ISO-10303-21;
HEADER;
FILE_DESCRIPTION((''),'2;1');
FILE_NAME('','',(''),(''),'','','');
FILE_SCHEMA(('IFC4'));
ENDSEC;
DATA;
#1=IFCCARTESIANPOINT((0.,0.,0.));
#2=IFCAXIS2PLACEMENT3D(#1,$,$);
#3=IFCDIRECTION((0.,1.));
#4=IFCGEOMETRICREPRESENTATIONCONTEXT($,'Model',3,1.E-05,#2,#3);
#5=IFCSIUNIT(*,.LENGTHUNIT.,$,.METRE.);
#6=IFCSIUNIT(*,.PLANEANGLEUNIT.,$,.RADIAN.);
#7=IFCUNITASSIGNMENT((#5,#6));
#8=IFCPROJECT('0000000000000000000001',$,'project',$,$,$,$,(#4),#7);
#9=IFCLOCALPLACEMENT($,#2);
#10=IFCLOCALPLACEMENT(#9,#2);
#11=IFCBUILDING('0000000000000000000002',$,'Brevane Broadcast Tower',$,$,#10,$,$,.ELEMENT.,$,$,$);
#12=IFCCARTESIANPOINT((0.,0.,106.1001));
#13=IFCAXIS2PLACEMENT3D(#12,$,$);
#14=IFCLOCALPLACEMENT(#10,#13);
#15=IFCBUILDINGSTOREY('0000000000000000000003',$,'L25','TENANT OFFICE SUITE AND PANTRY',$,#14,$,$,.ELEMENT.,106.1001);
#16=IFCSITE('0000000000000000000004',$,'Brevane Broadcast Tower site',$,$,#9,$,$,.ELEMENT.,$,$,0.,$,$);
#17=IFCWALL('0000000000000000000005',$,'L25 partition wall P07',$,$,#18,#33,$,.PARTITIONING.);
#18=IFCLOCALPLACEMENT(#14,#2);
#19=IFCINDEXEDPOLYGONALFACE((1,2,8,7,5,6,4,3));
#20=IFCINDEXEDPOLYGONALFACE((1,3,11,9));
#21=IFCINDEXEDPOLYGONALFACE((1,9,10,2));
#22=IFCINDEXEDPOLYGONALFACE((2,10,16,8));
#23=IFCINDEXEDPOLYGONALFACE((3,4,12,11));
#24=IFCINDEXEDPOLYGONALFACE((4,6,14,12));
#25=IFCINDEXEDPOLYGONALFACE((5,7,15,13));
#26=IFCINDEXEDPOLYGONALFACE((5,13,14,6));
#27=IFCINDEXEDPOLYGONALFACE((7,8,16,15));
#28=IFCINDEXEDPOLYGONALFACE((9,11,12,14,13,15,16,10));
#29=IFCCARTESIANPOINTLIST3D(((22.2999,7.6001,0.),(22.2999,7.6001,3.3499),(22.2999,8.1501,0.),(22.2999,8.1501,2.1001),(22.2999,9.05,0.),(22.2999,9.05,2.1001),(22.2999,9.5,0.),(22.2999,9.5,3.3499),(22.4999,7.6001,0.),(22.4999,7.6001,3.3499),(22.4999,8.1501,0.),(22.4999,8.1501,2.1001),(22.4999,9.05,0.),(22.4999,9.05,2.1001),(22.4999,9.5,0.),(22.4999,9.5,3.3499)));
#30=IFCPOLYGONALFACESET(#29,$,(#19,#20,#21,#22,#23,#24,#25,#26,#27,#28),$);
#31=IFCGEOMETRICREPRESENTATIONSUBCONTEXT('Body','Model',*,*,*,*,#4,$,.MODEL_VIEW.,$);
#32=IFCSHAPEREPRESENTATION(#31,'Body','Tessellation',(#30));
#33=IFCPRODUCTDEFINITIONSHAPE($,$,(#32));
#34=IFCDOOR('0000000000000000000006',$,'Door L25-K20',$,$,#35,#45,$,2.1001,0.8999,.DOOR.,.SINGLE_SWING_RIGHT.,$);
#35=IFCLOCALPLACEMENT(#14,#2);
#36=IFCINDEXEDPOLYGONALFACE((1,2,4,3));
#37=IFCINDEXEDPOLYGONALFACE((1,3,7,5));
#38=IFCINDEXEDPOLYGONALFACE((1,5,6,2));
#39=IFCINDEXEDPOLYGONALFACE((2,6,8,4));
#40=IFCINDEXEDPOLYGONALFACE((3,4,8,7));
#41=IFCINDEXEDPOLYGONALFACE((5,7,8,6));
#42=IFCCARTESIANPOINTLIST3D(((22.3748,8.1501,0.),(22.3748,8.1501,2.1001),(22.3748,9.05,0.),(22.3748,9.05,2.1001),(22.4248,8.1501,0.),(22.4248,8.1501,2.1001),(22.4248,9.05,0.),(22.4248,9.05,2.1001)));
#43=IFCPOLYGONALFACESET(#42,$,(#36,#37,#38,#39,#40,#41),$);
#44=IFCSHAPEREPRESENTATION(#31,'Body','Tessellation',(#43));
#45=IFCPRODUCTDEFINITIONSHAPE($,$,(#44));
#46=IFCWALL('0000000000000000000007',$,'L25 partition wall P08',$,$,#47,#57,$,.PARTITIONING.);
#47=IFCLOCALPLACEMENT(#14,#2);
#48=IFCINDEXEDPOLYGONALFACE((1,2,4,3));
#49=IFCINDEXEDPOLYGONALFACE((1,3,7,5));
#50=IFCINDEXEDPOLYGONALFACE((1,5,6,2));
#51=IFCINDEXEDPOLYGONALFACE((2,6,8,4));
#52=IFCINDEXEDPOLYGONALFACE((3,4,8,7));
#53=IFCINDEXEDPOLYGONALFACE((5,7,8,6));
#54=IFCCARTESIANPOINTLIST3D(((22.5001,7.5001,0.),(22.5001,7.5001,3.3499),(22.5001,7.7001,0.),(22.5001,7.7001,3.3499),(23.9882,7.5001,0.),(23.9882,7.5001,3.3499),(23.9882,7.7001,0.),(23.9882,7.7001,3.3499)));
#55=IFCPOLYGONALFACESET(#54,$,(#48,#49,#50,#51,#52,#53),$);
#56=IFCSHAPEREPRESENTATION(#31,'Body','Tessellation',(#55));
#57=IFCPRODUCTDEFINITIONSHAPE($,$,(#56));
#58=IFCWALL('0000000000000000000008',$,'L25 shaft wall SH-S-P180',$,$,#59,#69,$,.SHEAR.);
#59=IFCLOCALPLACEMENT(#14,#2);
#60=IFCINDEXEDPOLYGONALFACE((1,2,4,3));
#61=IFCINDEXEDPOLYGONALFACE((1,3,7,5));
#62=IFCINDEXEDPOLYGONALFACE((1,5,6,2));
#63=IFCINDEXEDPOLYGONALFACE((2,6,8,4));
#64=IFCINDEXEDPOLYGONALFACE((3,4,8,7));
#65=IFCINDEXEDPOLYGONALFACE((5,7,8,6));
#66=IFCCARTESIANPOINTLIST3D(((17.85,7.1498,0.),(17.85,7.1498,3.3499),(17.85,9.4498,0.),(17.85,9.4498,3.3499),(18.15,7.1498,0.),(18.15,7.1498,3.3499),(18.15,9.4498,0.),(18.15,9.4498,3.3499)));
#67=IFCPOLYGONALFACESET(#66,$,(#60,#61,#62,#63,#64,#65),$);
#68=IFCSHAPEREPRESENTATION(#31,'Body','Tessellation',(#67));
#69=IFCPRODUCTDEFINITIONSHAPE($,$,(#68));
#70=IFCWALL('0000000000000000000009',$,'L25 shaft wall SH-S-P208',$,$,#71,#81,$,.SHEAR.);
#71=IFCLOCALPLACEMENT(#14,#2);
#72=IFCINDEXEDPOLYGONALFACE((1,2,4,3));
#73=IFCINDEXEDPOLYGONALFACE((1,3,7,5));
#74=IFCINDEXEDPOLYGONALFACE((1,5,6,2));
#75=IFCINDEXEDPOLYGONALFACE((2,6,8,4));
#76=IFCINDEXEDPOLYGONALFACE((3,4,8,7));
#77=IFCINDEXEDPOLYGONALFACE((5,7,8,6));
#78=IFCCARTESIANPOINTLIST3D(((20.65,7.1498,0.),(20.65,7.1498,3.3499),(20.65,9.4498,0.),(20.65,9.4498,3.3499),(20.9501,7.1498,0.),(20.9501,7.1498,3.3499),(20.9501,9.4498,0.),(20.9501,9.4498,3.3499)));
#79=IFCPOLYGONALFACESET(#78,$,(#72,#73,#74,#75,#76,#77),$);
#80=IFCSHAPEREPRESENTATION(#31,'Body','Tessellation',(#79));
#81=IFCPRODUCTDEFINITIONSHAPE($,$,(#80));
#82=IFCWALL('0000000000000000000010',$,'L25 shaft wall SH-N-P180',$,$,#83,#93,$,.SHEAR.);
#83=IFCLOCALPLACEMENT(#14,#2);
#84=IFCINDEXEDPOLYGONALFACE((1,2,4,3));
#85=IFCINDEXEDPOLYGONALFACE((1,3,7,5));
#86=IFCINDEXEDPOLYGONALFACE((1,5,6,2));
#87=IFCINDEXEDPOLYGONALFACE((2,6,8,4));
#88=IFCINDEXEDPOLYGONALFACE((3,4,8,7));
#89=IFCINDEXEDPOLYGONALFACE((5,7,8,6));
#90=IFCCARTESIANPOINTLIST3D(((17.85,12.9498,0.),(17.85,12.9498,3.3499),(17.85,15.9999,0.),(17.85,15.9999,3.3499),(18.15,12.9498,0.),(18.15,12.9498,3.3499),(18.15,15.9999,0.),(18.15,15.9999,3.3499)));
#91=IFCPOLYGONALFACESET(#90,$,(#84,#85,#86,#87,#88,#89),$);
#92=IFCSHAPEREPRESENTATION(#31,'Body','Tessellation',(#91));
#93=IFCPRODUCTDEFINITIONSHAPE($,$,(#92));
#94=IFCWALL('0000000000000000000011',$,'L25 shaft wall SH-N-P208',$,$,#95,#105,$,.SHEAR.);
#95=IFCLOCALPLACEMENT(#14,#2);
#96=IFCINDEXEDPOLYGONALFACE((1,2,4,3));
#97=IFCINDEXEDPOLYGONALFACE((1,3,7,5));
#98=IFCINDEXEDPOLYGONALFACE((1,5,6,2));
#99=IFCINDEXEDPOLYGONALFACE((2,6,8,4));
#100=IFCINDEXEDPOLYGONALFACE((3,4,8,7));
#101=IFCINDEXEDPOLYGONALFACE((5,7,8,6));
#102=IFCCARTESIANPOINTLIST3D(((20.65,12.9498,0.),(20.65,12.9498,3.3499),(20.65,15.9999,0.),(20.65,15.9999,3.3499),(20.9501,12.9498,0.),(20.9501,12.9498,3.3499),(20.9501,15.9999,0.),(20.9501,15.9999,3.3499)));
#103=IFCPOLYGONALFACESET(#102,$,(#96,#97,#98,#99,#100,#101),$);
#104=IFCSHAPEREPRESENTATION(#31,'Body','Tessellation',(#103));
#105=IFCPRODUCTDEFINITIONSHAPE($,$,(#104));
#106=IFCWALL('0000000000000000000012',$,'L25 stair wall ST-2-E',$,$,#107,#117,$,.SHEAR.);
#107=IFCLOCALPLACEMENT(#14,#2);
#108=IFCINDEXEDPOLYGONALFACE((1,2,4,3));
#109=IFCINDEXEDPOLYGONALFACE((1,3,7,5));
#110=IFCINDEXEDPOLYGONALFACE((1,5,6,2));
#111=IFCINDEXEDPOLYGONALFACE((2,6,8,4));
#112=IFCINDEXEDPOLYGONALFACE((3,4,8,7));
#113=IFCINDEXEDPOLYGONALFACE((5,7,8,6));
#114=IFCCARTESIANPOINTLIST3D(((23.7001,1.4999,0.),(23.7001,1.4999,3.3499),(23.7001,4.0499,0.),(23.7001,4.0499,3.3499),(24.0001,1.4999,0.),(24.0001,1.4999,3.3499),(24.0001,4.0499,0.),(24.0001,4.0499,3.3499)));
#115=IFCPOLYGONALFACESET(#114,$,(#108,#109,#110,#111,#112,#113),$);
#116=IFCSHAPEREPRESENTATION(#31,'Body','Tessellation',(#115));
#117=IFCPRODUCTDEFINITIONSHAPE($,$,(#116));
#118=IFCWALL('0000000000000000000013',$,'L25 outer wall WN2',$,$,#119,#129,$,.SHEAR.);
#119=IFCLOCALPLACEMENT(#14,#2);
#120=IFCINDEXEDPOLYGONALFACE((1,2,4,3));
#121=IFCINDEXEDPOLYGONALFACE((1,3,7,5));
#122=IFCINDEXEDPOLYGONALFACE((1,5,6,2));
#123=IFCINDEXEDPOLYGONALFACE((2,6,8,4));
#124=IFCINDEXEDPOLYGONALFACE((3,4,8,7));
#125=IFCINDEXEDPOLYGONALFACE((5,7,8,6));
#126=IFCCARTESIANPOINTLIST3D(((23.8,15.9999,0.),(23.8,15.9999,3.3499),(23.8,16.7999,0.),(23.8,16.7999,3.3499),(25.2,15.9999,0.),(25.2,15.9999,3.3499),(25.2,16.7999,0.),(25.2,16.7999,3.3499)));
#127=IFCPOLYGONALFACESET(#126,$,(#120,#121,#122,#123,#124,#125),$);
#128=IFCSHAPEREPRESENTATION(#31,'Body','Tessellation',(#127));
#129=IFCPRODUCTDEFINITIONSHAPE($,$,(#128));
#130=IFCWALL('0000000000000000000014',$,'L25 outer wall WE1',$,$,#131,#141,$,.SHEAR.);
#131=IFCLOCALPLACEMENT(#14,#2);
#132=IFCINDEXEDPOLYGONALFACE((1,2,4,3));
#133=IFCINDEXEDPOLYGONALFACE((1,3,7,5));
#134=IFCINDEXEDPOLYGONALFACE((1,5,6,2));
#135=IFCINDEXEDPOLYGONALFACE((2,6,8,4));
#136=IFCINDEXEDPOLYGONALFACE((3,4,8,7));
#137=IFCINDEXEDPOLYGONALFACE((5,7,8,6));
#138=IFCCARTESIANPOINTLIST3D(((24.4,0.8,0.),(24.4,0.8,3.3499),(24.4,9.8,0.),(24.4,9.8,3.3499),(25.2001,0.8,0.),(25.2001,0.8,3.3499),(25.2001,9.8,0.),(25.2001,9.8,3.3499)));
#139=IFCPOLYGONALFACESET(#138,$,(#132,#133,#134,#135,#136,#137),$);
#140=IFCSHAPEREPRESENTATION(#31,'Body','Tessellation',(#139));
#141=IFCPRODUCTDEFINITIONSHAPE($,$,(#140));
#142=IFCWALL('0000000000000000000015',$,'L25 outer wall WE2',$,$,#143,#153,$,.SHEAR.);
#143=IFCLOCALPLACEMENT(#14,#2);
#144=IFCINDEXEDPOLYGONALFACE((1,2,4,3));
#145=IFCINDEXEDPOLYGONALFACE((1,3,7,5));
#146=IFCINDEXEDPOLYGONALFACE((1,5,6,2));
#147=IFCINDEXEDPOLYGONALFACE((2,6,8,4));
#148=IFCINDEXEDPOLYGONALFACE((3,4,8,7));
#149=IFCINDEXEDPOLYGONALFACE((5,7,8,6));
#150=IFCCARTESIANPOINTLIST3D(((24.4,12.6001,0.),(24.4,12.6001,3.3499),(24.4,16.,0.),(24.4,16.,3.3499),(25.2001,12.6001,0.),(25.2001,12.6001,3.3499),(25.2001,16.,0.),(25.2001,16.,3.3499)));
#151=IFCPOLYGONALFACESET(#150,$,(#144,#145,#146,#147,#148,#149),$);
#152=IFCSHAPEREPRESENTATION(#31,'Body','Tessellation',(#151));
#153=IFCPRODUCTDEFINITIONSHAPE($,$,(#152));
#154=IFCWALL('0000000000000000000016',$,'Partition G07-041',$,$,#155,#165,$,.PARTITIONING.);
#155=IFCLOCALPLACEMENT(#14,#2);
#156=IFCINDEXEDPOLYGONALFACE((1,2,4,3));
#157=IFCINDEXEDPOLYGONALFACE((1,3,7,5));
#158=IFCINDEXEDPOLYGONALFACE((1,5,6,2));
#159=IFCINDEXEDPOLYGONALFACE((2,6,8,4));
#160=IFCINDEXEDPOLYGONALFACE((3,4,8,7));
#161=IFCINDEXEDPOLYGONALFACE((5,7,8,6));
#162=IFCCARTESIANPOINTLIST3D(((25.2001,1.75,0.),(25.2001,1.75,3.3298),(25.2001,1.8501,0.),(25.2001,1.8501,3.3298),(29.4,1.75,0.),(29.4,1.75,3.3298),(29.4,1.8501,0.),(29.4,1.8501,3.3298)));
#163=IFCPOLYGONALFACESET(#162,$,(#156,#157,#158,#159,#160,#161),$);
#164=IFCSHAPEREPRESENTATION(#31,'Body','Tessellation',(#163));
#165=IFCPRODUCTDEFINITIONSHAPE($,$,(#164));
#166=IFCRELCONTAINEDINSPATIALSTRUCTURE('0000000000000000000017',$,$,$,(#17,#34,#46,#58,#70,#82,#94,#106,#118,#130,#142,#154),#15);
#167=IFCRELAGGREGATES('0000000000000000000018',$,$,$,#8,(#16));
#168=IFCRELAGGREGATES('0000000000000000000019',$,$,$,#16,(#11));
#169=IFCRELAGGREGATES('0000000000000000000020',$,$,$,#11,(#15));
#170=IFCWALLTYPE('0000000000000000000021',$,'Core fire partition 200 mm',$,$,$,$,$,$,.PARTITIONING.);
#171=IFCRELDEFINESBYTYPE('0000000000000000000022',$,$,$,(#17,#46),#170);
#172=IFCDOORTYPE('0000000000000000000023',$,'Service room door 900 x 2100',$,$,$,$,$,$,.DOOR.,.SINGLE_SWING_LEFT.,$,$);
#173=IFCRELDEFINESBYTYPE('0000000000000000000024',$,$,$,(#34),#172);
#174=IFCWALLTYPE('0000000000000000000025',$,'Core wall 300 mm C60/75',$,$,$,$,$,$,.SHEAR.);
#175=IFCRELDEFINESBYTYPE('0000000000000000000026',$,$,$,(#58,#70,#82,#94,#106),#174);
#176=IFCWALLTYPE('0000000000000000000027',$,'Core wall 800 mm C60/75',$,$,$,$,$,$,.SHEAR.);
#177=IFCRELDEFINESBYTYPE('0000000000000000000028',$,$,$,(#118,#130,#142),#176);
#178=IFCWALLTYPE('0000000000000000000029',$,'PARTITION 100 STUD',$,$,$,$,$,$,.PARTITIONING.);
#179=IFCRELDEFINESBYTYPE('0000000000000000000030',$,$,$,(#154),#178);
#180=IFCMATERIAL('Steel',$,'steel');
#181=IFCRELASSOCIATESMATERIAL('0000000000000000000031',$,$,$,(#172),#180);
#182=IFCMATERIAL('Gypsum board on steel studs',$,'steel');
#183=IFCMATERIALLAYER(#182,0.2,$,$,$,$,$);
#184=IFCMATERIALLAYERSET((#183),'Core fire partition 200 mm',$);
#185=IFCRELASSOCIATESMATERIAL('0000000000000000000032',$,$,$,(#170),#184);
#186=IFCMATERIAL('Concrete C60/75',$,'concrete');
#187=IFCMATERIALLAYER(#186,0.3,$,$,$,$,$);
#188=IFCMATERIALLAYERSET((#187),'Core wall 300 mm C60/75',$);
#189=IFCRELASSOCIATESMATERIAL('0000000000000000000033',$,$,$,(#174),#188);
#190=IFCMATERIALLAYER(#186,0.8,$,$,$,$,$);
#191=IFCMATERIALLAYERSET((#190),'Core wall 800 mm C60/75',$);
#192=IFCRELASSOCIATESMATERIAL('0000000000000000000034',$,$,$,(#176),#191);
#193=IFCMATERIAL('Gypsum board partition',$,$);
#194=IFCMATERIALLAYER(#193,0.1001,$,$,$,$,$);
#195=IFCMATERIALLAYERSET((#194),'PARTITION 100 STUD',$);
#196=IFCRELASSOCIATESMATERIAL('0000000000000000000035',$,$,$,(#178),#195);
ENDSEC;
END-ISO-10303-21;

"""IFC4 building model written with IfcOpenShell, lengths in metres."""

from ifc_helpers import new_model, si_unit, direction, frame, frame_2d, origin, place, context, subcontext, project, spatial, rectangle, extrude, material, layer, layer_set, type_object, element, fill, save


model = new_model("IFC4")

# Units and contexts
model_context = context("Model", 3, precision=1e-05, world=origin(), true_north=direction((0.0, 1.0)))
body_context = subcontext(model_context, "Body", "Model", "MODEL_VIEW")
ifc_project = project(units=[si_unit("LENGTHUNIT", "METRE"), si_unit("PLANEANGLEUNIT", "RADIAN")], contexts=[model_context])

# Site, building, storey
site_placement = place(None, origin())
site = spatial("IfcSite", under=ifc_project, at=site_placement, Name="Brevane Broadcast Tower site", CompositionType="ELEMENT", RefElevation=0.0)
building_placement = place(site_placement, origin())
building = spatial("IfcBuilding", under=site, at=building_placement, Name="Brevane Broadcast Tower", CompositionType="ELEMENT")
storey_placement = place(building_placement, frame((0.0, 0.0, 106.1001)))
storey = spatial("IfcBuildingStorey", under=building, at=storey_placement, Name="L25", Description="TENANT OFFICE SUITE AND PANTRY", CompositionType="ELEMENT", Elevation=106.1001)

# Shared definitions
ifc_material_1 = material(Name="Gypsum board on steel studs", Category="steel")
ifc_material_2 = material(Name="Steel", Category="steel")
door_type_1 = type_object("IfcDoorType", Name="Service room door 900 x 2100", OperationType="SINGLE_SWING_LEFT", PredefinedType="DOOR", material=ifc_material_2)

# Shared definitions
ifc_layer_1 = layer(ifc_material_1, 0.2)
ifc_layer_set_1 = layer_set([ifc_layer_1], Name="Core fire partition 200 mm")
wall_type_1 = type_object("IfcWallType", Name="Core fire partition 200 mm", PredefinedType="PARTITIONING", material=ifc_layer_set_1)

# Wall, opening, door
wall_1_placement = place(storey_placement, frame((22.3999, 9.5, 0.0), z_axis=(0.0, 0.0, 1.0), x_axis=(0.0, -1.0, 0.0)))
wall_1 = element("IfcWall", 1, at=wall_1_placement, inside=storey, type_object=wall_type_1, Name="L25 partition wall P07", PredefinedType="PARTITIONING", context=body_context, shape_type="SweptSolid", body=[
    extrude(rectangle(XDim=1.8999, YDim=0.2, at=frame_2d((0.95, 0.0))), origin(), (0.0, 0.0, 1.0), 3.3499),
])
opening_1_placement = place(wall_1_placement, frame((0.45, 0.0, 0.0)))
opening_1 = element("IfcOpeningElement", 2, at=opening_1_placement, cuts=wall_1, PredefinedType="OPENING", context=body_context, shape_type="SweptSolid", body=[
    extrude(rectangle(XDim=0.8999, YDim=2.1001, at=frame_2d((0.45, 1.05))), frame((0.0, 0.1099, 0.0), z_axis=(0.0, -1.0, 0.0), x_axis=(1.0, 0.0, 0.0)), (0.0, 0.0, 1.0), 0.22),
])
door_1_placement = place(opening_1_placement, origin())
door_1 = element("IfcDoor", 3, at=door_1_placement, inside=storey, type_object=door_type_1, Name="Door L25-K20", OperationType="SINGLE_SWING_RIGHT", OverallHeight=2.1001, OverallWidth=0.8999, PredefinedType="DOOR", context=body_context, shape_type="SweptSolid", body=[
    extrude(rectangle(XDim=0.8999, YDim=2.1001, at=frame_2d((0.45, 1.05))), frame((0.0, 0.0249, 0.0), z_axis=(0.0, -1.0, 0.0), x_axis=(1.0, 0.0, 0.0)), (0.0, 0.0, 1.0), 0.05),
])
fill(opening_1, door_1)

# Walls
wall_2_placement = place(storey_placement, frame((22.5, 7.6001, 0.0), z_axis=(0.0, 0.0, 1.0), x_axis=(1.0, 0.0, 0.0)))
element("IfcWall", 4, at=wall_2_placement, inside=storey, type_object=wall_type_1, Name="L25 partition wall P08", PredefinedType="PARTITIONING", context=body_context, shape_type="SweptSolid", body=[
    extrude(rectangle(XDim=1.488, YDim=0.2, at=frame_2d((0.7441, 0.0))), origin(), (0.0, 0.0, 1.0), 3.3499),
])
ifc_material_3 = material(Name="Concrete C60/75", Category="concrete")
ifc_layer_2 = layer(ifc_material_3, 0.3)
ifc_layer_set_2 = layer_set([ifc_layer_2], Name="Core wall 300 mm C60/75")
wall_type_2 = type_object("IfcWallType", Name="Core wall 300 mm C60/75", PredefinedType="SHEAR", material=ifc_layer_set_2)
for number, where, z_axis, x_axis, name in (
    (5, (18.0, 7.1499, 0.0), (0.0, 0.0, 1.0), (0.0, 1.0, 0.0), "L25 shaft wall SH-S-P180"),
    (6, (20.8, 7.1499, 0.0), (0.0, 0.0, 1.0), (0.0, 1.0, 0.0), "L25 shaft wall SH-S-P208"),
):
    element("IfcWall", number, at=place(storey_placement, frame(where, z_axis=z_axis, x_axis=x_axis)), inside=storey, type_object=wall_type_2, Name=name, PredefinedType="SHEAR", context=body_context, shape_type="SweptSolid", body=[
        extrude(rectangle(XDim=2.3, YDim=0.3, at=frame_2d((1.1499, 0.0))), origin(), (0.0, 0.0, 1.0), 3.3499),
    ])
for number, where, z_axis, x_axis, name in (
    (7, (18.0, 12.95, 0.0), (0.0, 0.0, 1.0), (0.0, 1.0, 0.0), "L25 shaft wall SH-N-P180"),
    (8, (20.8, 12.95, 0.0), (0.0, 0.0, 1.0), (0.0, 1.0, 0.0), "L25 shaft wall SH-N-P208"),
):
    element("IfcWall", number, at=place(storey_placement, frame(where, z_axis=z_axis, x_axis=x_axis)), inside=storey, type_object=wall_type_2, Name=name, PredefinedType="SHEAR", context=body_context, shape_type="SweptSolid", body=[
        extrude(rectangle(XDim=3.05, YDim=0.3, at=frame_2d((1.5249, 0.0))), origin(), (0.0, 0.0, 1.0), 3.3499),
    ])
wall_3_placement = place(storey_placement, frame((23.8501, 1.5, 0.0), z_axis=(0.0, 0.0, 1.0), x_axis=(0.0, 1.0, 0.0)))
element("IfcWall", 9, at=wall_3_placement, inside=storey, type_object=wall_type_2, Name="L25 stair wall ST-2-E", PredefinedType="SHEAR", context=body_context, shape_type="SweptSolid", body=[
    extrude(rectangle(XDim=2.55, YDim=0.3, at=frame_2d((1.2749, 0.0))), origin(), (0.0, 0.0, 1.0), 3.3499),
])
ifc_layer_3 = layer(ifc_material_3, 0.8)
ifc_layer_set_3 = layer_set([ifc_layer_3], Name="Core wall 800 mm C60/75")
wall_type_3 = type_object("IfcWallType", Name="Core wall 800 mm C60/75", PredefinedType="SHEAR", material=ifc_layer_set_3)
wall_4_placement = place(storey_placement, frame((23.8, 16.3999, 0.0), z_axis=(0.0, 0.0, 1.0), x_axis=(1.0, 0.0, 0.0)))
element("IfcWall", 10, at=wall_4_placement, inside=storey, type_object=wall_type_3, Name="L25 outer wall WN2", PredefinedType="SHEAR", context=body_context, shape_type="SweptSolid", body=[
    extrude(rectangle(XDim=1.3999, YDim=0.8, at=frame_2d((0.7, 0.0))), origin(), (0.0, 0.0, 1.0), 3.3499),
])
wall_5_placement = place(storey_placement, frame((24.8, 0.8, 0.0), z_axis=(0.0, 0.0, 1.0), x_axis=(0.0, 1.0, 0.0)))
element("IfcWall", 11, at=wall_5_placement, inside=storey, type_object=wall_type_3, Name="L25 outer wall WE1", PredefinedType="SHEAR", context=body_context, shape_type="SweptSolid", body=[
    extrude(rectangle(XDim=9.0, YDim=0.8, at=frame_2d((4.5, 0.0))), origin(), (0.0, 0.0, 1.0), 3.3499),
])
wall_6_placement = place(storey_placement, frame((24.8, 12.6001, 0.0), z_axis=(0.0, 0.0, 1.0), x_axis=(0.0, 1.0, 0.0)))
element("IfcWall", 12, at=wall_6_placement, inside=storey, type_object=wall_type_3, Name="L25 outer wall WE2", PredefinedType="SHEAR", context=body_context, shape_type="SweptSolid", body=[
    extrude(rectangle(XDim=3.3999, YDim=0.8, at=frame_2d((1.7, 0.0))), origin(), (0.0, 0.0, 1.0), 3.3499),
])
ifc_material_4 = material(Name="Gypsum board partition")
ifc_layer_4 = layer(ifc_material_4, 0.1001)
ifc_layer_set_4 = layer_set([ifc_layer_4], Name="PARTITION 100 STUD")
wall_type_4 = type_object("IfcWallType", Name="PARTITION 100 STUD", PredefinedType="PARTITIONING", material=ifc_layer_set_4)
wall_7_placement = place(storey_placement, frame((25.2, 1.8, 0.0), z_axis=(0.0, 0.0, 1.0), x_axis=(1.0, 0.0, 0.0)))
element("IfcWall", 13, at=wall_7_placement, inside=storey, type_object=wall_type_4, Name="Partition G07-041", PredefinedType="PARTITIONING", context=body_context, shape_type="SweptSolid", body=[
    extrude(rectangle(XDim=4.2, YDim=0.1001, at=frame_2d((2.1001, 0.0))), origin(), (0.0, 0.0, 1.0), 3.3298),
])

save(model, "model.ifc")
